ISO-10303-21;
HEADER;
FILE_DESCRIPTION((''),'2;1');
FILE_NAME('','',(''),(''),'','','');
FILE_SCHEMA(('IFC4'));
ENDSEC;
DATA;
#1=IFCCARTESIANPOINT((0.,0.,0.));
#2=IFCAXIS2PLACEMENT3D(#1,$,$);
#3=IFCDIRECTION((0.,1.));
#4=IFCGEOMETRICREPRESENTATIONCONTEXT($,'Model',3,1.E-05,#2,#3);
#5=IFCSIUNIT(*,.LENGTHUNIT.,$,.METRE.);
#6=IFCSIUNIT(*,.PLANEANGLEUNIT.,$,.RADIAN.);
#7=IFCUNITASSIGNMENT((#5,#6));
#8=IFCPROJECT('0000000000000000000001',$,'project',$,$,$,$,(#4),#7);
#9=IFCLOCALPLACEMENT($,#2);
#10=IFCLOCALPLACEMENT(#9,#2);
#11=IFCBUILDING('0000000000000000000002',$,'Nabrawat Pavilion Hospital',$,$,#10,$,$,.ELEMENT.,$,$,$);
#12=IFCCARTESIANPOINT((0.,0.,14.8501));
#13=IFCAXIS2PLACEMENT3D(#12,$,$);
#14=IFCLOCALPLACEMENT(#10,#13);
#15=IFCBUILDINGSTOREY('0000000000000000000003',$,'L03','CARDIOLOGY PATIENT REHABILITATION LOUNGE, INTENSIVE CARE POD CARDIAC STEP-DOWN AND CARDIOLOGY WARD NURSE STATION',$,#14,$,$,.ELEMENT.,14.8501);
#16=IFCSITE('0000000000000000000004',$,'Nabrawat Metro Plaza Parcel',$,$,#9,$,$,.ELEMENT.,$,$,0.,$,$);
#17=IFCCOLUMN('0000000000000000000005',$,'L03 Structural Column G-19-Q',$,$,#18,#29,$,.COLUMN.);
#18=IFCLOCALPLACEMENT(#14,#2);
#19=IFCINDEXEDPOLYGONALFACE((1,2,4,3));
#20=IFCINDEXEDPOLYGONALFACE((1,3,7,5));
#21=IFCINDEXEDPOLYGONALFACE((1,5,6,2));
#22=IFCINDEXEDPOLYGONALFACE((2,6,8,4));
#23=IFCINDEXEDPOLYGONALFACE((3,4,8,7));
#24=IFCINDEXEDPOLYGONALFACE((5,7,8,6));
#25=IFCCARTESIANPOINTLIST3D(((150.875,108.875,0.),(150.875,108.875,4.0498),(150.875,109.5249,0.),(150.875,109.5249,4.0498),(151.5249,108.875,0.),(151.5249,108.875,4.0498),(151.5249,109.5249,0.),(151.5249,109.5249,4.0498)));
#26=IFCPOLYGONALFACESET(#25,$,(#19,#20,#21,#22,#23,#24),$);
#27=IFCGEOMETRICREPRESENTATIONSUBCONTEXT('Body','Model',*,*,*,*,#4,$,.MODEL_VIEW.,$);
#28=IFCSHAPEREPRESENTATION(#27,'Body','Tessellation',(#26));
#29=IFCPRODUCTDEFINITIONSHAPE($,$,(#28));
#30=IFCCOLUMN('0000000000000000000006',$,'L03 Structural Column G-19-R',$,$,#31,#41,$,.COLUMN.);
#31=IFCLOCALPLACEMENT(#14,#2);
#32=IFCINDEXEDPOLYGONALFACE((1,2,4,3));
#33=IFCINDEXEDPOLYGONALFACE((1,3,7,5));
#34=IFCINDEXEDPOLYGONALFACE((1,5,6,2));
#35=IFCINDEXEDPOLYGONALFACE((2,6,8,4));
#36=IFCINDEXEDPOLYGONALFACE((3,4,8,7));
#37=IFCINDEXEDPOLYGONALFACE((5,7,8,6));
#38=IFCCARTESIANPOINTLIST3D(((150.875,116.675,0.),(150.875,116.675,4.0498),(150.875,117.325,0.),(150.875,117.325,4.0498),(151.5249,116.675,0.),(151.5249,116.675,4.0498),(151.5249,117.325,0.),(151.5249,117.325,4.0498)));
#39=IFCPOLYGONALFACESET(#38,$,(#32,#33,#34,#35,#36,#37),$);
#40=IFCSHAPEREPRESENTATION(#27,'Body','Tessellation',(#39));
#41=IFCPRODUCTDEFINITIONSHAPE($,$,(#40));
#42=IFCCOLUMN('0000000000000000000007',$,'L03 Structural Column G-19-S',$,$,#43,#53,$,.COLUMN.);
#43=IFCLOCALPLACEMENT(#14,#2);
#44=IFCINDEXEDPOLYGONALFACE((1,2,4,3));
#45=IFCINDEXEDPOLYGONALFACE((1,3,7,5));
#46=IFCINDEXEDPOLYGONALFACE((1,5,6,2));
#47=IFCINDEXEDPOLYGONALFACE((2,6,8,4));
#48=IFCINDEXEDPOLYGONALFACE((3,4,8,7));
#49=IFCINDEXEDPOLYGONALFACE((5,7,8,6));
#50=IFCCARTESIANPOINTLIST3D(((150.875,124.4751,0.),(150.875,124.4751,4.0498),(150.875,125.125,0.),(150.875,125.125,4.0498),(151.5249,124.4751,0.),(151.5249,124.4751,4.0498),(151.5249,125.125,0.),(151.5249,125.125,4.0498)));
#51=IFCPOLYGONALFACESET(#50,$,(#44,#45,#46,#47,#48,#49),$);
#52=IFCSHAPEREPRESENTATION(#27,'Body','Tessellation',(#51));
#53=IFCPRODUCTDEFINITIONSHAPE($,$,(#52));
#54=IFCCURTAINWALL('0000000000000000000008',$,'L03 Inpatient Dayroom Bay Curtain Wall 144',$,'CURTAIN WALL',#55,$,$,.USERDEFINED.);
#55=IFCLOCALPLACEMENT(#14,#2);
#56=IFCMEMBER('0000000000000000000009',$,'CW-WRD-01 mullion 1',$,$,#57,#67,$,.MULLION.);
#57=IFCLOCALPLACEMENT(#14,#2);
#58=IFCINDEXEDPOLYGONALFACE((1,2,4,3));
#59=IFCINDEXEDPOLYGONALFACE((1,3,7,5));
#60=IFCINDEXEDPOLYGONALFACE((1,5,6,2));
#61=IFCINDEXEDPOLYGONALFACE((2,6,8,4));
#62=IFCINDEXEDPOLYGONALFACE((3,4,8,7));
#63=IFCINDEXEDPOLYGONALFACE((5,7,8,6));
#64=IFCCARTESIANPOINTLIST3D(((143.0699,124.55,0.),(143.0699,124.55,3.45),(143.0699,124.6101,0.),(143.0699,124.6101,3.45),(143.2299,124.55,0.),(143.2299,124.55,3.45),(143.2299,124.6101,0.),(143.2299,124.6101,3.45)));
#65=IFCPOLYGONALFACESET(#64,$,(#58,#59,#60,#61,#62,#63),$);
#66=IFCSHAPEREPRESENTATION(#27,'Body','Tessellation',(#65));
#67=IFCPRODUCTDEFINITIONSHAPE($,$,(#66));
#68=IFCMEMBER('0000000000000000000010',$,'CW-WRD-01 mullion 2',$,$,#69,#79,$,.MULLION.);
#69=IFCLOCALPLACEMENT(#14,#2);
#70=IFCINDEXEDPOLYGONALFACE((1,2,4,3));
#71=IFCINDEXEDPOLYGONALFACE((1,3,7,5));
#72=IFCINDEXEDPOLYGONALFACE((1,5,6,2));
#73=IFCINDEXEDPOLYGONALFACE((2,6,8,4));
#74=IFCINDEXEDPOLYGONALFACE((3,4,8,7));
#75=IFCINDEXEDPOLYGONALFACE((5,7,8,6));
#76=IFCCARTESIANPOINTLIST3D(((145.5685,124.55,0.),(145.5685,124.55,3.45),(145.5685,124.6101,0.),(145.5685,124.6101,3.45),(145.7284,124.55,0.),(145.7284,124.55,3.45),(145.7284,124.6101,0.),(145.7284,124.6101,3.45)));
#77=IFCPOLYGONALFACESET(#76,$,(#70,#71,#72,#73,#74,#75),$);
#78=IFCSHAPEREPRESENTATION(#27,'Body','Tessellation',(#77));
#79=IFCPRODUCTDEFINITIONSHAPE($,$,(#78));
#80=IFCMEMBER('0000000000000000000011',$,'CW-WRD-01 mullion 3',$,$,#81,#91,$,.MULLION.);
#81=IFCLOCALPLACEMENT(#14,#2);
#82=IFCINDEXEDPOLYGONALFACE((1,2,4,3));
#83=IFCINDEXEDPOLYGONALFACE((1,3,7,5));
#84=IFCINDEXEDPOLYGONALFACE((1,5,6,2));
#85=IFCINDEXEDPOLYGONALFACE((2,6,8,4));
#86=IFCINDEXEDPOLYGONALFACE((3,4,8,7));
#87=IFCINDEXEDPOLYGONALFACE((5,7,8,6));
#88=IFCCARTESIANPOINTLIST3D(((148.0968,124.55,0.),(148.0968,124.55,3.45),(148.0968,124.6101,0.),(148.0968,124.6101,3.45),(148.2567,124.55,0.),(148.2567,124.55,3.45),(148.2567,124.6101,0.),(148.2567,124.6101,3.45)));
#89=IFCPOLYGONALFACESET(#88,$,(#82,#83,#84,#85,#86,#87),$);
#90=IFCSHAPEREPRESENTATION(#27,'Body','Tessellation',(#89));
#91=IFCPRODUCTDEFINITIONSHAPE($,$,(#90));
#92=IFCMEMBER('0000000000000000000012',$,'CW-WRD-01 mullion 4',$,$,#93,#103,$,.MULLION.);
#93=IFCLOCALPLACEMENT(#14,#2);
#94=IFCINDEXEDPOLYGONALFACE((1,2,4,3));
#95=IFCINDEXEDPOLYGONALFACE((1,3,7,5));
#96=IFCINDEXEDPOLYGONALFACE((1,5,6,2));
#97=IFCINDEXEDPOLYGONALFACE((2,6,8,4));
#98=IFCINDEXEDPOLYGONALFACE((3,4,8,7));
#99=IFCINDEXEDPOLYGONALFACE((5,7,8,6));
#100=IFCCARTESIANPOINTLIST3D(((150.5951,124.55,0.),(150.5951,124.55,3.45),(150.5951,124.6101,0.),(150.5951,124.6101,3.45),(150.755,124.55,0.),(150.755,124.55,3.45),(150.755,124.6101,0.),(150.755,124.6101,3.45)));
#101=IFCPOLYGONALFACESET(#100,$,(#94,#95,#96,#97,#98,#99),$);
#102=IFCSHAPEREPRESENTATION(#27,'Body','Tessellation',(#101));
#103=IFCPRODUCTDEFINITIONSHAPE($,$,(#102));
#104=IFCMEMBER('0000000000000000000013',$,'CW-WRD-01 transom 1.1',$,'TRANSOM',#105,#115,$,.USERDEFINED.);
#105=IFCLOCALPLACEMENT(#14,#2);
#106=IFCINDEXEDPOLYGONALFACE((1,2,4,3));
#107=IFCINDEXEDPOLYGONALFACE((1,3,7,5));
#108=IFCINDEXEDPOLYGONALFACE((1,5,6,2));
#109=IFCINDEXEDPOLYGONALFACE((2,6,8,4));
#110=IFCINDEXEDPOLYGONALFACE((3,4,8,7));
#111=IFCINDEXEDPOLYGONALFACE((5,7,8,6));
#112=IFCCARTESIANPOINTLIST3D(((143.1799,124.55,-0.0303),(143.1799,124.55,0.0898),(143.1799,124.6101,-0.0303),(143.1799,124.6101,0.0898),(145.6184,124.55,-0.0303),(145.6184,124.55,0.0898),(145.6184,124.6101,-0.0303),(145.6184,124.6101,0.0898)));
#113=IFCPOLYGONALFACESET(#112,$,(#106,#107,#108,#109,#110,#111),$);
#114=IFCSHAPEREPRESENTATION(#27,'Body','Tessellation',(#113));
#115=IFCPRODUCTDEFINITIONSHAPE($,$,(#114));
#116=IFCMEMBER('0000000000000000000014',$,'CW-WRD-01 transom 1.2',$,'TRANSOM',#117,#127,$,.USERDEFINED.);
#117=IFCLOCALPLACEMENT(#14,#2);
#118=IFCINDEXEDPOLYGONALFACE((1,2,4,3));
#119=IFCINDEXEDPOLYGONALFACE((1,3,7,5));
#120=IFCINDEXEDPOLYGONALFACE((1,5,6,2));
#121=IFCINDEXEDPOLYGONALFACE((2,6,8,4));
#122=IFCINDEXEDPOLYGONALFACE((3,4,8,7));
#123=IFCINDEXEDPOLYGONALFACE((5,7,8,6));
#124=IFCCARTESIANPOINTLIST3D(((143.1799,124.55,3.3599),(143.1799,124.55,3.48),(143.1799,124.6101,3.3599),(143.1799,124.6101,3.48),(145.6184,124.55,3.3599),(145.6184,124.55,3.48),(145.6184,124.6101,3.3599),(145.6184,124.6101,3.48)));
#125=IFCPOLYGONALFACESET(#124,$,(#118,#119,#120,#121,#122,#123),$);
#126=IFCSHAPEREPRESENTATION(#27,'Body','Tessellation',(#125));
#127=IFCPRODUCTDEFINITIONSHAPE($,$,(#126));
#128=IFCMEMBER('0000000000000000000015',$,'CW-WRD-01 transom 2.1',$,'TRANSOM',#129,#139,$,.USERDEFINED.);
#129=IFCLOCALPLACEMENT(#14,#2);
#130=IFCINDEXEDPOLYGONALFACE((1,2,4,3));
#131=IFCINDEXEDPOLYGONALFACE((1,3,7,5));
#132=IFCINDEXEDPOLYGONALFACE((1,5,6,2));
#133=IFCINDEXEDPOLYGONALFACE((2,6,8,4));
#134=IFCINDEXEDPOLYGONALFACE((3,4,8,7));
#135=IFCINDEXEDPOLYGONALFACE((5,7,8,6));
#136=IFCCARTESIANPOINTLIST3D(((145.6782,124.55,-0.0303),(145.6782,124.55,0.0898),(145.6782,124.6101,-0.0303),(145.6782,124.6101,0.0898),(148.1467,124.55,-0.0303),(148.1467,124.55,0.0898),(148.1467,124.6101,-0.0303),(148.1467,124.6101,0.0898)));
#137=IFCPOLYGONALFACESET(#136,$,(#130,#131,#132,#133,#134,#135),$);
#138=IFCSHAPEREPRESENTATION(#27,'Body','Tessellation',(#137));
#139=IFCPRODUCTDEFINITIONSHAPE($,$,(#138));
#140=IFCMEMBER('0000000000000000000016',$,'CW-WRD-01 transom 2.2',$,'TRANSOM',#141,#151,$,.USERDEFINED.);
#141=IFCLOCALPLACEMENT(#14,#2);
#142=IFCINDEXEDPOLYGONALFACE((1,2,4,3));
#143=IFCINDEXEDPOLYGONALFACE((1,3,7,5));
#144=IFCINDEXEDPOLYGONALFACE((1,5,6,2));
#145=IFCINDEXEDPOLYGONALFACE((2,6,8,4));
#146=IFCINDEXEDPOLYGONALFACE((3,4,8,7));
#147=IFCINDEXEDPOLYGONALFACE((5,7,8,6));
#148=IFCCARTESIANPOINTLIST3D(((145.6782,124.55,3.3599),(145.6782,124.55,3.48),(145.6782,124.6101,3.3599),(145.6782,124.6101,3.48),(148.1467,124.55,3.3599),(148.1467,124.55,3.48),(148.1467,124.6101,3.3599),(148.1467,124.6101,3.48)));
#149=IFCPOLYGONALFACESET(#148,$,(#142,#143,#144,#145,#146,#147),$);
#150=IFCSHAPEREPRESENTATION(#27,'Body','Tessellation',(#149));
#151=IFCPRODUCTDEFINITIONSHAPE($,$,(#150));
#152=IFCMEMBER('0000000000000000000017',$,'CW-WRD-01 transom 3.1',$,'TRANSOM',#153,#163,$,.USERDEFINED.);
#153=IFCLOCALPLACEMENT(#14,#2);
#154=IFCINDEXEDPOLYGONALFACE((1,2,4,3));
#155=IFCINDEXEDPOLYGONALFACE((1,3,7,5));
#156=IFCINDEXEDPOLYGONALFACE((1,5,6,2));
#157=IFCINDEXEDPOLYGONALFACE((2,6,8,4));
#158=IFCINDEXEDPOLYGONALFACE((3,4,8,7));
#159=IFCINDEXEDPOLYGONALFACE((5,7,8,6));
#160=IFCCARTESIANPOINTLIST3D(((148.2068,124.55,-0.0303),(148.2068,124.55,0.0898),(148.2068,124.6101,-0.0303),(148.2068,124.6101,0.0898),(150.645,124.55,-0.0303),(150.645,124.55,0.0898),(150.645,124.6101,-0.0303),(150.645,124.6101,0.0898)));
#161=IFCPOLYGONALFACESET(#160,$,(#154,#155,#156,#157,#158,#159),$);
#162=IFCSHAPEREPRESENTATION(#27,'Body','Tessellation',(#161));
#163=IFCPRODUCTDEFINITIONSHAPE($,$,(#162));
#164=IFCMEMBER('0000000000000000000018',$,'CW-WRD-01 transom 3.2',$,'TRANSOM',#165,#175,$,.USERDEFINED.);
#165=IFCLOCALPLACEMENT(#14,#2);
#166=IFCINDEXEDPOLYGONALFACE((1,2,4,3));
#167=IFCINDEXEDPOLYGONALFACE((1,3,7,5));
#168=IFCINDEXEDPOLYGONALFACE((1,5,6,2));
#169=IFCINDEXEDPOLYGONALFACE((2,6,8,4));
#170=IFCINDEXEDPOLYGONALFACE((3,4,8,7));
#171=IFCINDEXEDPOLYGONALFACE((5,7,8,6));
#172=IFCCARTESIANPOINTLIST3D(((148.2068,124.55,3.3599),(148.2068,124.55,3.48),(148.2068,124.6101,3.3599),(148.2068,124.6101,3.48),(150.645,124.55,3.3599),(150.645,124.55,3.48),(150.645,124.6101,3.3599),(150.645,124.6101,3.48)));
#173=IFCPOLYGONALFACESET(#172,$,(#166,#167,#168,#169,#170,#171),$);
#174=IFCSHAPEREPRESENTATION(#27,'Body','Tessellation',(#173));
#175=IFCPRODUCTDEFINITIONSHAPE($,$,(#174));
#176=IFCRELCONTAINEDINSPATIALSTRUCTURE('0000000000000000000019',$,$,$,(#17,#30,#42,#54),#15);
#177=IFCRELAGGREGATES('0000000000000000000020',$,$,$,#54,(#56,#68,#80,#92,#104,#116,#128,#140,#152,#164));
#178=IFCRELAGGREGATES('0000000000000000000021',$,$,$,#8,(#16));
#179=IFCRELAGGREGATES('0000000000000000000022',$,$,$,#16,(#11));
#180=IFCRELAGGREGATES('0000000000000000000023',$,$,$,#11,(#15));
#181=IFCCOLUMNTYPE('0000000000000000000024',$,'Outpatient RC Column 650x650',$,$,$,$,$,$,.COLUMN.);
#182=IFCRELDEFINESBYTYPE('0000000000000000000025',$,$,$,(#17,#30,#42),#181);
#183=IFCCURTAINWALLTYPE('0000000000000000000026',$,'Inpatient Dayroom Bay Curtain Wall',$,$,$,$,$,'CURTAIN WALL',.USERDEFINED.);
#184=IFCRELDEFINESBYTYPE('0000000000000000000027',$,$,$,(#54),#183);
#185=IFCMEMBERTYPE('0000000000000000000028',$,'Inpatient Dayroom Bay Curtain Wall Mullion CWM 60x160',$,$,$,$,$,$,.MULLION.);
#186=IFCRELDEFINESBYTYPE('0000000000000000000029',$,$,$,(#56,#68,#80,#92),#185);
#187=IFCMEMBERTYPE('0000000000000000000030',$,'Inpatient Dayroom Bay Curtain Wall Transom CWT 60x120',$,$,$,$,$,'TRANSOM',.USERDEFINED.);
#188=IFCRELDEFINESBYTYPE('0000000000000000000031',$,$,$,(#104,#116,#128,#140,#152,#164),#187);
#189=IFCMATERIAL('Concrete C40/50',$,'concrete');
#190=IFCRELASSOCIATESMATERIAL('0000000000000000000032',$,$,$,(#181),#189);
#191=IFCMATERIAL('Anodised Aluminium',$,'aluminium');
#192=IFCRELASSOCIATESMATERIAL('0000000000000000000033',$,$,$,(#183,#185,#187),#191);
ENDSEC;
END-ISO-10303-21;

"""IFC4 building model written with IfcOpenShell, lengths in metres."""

from ifc_helpers import new_model, si_unit, direction, frame, origin, origin_2d, place, context, subcontext, project, spatial, rectangle, extrude, material, material_profile, profile_set, type_object, element, aggregate, save


model = new_model("IFC4")

# Units and contexts
model_context = context("Model", 3, precision=1e-05, world=origin(), true_north=direction((0.0, 1.0)))
body_context = subcontext(model_context, "Body", "Model", "MODEL_VIEW")
ifc_project = project(units=[si_unit("LENGTHUNIT", "METRE"), si_unit("PLANEANGLEUNIT", "RADIAN")], contexts=[model_context])

# Site, building, storey
site_placement = place(None, origin())
site = spatial("IfcSite", under=ifc_project, at=site_placement, Name="Nabrawat Metro Plaza Parcel", CompositionType="ELEMENT", RefElevation=0.0)
building_placement = place(site_placement, origin())
building = spatial("IfcBuilding", under=site, at=building_placement, Name="Nabrawat Pavilion Hospital", CompositionType="ELEMENT")
storey_placement = place(building_placement, frame((0.0, 0.0, 14.8501)))
storey = spatial("IfcBuildingStorey", under=building, at=storey_placement, Name="L03", Description="CARDIOLOGY PATIENT REHABILITATION LOUNGE, INTENSIVE CARE POD CARDIAC STEP-DOWN AND CARDIOLOGY WARD NURSE STATION", CompositionType="ELEMENT", Elevation=14.8501)

# Columns
ifc_material_1 = material(Name="Concrete C40/50", Category="concrete")
ifc_material_profile_1 = material_profile(ifc_material_1, rectangle(XDim=0.6499, YDim=0.6499, at=origin_2d()), Name="RC 650x650")
ifc_profile_set_1 = profile_set([ifc_material_profile_1], Name="Concrete C40/50")
column_type = type_object("IfcColumnType", Name="Outpatient RC Column 650x650", PredefinedType="COLUMN", material=ifc_profile_set_1)
for number, where, z_axis, x_axis, name in (
    (1, (151.2, 109.2, 0.0), (0.0, 0.0, 1.0), (1.0, 0.0, 0.0), "L03 Structural Column G-19-Q"),
    (2, (151.2, 117.0, 0.0), (0.0, 0.0, 1.0), (1.0, 0.0, 0.0), "L03 Structural Column G-19-R"),
    (3, (151.2, 124.8, 0.0), (0.0, 0.0, 1.0), (1.0, 0.0, 0.0), "L03 Structural Column G-19-S"),
):
    element("IfcColumn", number, at=place(storey_placement, frame(where, z_axis=z_axis, x_axis=x_axis)), inside=storey, type_object=column_type, Name=name, PredefinedType="COLUMN", context=body_context, shape_type="SweptSolid", body=[
        extrude(rectangle(XDim=0.6499, YDim=0.6499, at=origin_2d()), origin(), (0.0, 0.0, 1.0), 4.0498),
    ])

# Curtain wall, members
ifc_material_2 = material(Name="Anodised Aluminium", Category="aluminium")
curtain_wall_type = type_object("IfcCurtainWallType", Name="Inpatient Dayroom Bay Curtain Wall", ElementType="CURTAIN WALL", PredefinedType="USERDEFINED", material=ifc_material_2)
curtain_wall_placement = place(storey_placement, origin())
curtain_wall = element("IfcCurtainWall", 4, at=curtain_wall_placement, inside=storey, type_object=curtain_wall_type, Name="L03 Inpatient Dayroom Bay Curtain Wall 144", ObjectType="CURTAIN WALL", PredefinedType="USERDEFINED")
ifc_material_profile_2 = material_profile(ifc_material_2, rectangle(XDim=0.0601, YDim=0.1599, at=origin_2d()), Name="CWM 60x160")
ifc_profile_set_2 = profile_set([ifc_material_profile_2], Name="Anodised Aluminium")
member_type_1 = type_object("IfcMemberType", Name="Inpatient Dayroom Bay Curtain Wall Mullion CWM 60x160", PredefinedType="MULLION", material=ifc_profile_set_2)
member_1_placement = place(storey_placement, frame((143.1499, 124.5801, 0.0), z_axis=(0.0, 0.0, 1.0), x_axis=(0.0, 1.0, 0.0)))
member_1 = element("IfcMember", 5, at=member_1_placement, type_object=member_type_1, Name="CW-WRD-01 mullion 1", PredefinedType="MULLION", context=body_context, shape_type="SweptSolid", body=[
    extrude(rectangle(XDim=0.0601, YDim=0.1599, at=origin_2d()), origin(), (0.0, 0.0, 1.0), 3.45),
])
member_2_placement = place(storey_placement, frame((145.6484, 124.5801, 0.0), z_axis=(0.0, 0.0, 1.0), x_axis=(0.0, 1.0, 0.0)))
member_2 = element("IfcMember", 6, at=member_2_placement, type_object=member_type_1, Name="CW-WRD-01 mullion 2", PredefinedType="MULLION", context=body_context, shape_type="SweptSolid", body=[
    extrude(rectangle(XDim=0.0601, YDim=0.1599, at=origin_2d()), origin(), (0.0, 0.0, 1.0), 3.45),
])
member_3_placement = place(storey_placement, frame((148.1768, 124.5801, 0.0), z_axis=(0.0, 0.0, 1.0), x_axis=(0.0, 1.0, 0.0)))
member_3 = element("IfcMember", 7, at=member_3_placement, type_object=member_type_1, Name="CW-WRD-01 mullion 3", PredefinedType="MULLION", context=body_context, shape_type="SweptSolid", body=[
    extrude(rectangle(XDim=0.0601, YDim=0.1599, at=origin_2d()), origin(), (0.0, 0.0, 1.0), 3.45),
])
member_4_placement = place(storey_placement, frame((150.675, 124.5801, 0.0), z_axis=(0.0, 0.0, 1.0), x_axis=(0.0, 1.0, 0.0)))
member_4 = element("IfcMember", 8, at=member_4_placement, type_object=member_type_1, Name="CW-WRD-01 mullion 4", PredefinedType="MULLION", context=body_context, shape_type="SweptSolid", body=[
    extrude(rectangle(XDim=0.0601, YDim=0.1599, at=origin_2d()), origin(), (0.0, 0.0, 1.0), 3.45),
])
ifc_material_profile_3 = material_profile(ifc_material_2, rectangle(XDim=0.0601, YDim=0.1201, at=origin_2d()), Name="CWT 60x120")
ifc_profile_set_3 = profile_set([ifc_material_profile_3], Name="Anodised Aluminium")
member_type_2 = type_object("IfcMemberType", Name="Inpatient Dayroom Bay Curtain Wall Transom CWT 60x120", ElementType="TRANSOM", PredefinedType="USERDEFINED", material=ifc_profile_set_3)
member_5_placement = place(storey_placement, frame((143.1799, 124.5801, 0.0298), z_axis=(1.0, 0.0, 0.0), x_axis=(0.0, 1.0, 0.0)))
member_5 = element("IfcMember", 9, at=member_5_placement, type_object=member_type_2, Name="CW-WRD-01 transom 1.1", ObjectType="TRANSOM", PredefinedType="USERDEFINED", context=body_context, shape_type="SweptSolid", body=[
    extrude(rectangle(XDim=0.0601, YDim=0.1201, at=origin_2d()), origin(), (0.0, 0.0, 1.0), 2.4385),
])
member_6_placement = place(storey_placement, frame((143.1799, 124.5801, 3.4199), z_axis=(1.0, 0.0, 0.0), x_axis=(0.0, 1.0, 0.0)))
member_6 = element("IfcMember", 10, at=member_6_placement, type_object=member_type_2, Name="CW-WRD-01 transom 1.2", ObjectType="TRANSOM", PredefinedType="USERDEFINED", context=body_context, shape_type="SweptSolid", body=[
    extrude(rectangle(XDim=0.0601, YDim=0.1201, at=origin_2d()), origin(), (0.0, 0.0, 1.0), 2.4385),
])
member_7_placement = place(storey_placement, frame((145.6782, 124.5801, 0.0298), z_axis=(1.0, 0.0, 0.0), x_axis=(0.0, 1.0, 0.0)))
member_7 = element("IfcMember", 11, at=member_7_placement, type_object=member_type_2, Name="CW-WRD-01 transom 2.1", ObjectType="TRANSOM", PredefinedType="USERDEFINED", context=body_context, shape_type="SweptSolid", body=[
    extrude(rectangle(XDim=0.0601, YDim=0.1201, at=origin_2d()), origin(), (0.0, 0.0, 1.0), 2.4685),
])
member_8_placement = place(storey_placement, frame((145.6782, 124.5801, 3.4199), z_axis=(1.0, 0.0, 0.0), x_axis=(0.0, 1.0, 0.0)))
member_8 = element("IfcMember", 12, at=member_8_placement, type_object=member_type_2, Name="CW-WRD-01 transom 2.2", ObjectType="TRANSOM", PredefinedType="USERDEFINED", context=body_context, shape_type="SweptSolid", body=[
    extrude(rectangle(XDim=0.0601, YDim=0.1201, at=origin_2d()), origin(), (0.0, 0.0, 1.0), 2.4685),
])
member_9_placement = place(storey_placement, frame((148.2068, 124.5801, 0.0298), z_axis=(1.0, 0.0, 0.0), x_axis=(0.0, 1.0, 0.0)))
member_9 = element("IfcMember", 13, at=member_9_placement, type_object=member_type_2, Name="CW-WRD-01 transom 3.1", ObjectType="TRANSOM", PredefinedType="USERDEFINED", context=body_context, shape_type="SweptSolid", body=[
    extrude(rectangle(XDim=0.0601, YDim=0.1201, at=origin_2d()), origin(), (0.0, 0.0, 1.0), 2.4382),
])
member_10_placement = place(storey_placement, frame((148.2068, 124.5801, 3.4199), z_axis=(1.0, 0.0, 0.0), x_axis=(0.0, 1.0, 0.0)))
member_10 = element("IfcMember", 14, at=member_10_placement, type_object=member_type_2, Name="CW-WRD-01 transom 3.2", ObjectType="TRANSOM", PredefinedType="USERDEFINED", context=body_context, shape_type="SweptSolid", body=[
    extrude(rectangle(XDim=0.0601, YDim=0.1201, at=origin_2d()), origin(), (0.0, 0.0, 1.0), 2.4382),
])

aggregate(curtain_wall, [member_1, member_2, member_3, member_4, member_5, member_6, member_7, member_8, member_9, member_10])

save(model, "model.ifc")
